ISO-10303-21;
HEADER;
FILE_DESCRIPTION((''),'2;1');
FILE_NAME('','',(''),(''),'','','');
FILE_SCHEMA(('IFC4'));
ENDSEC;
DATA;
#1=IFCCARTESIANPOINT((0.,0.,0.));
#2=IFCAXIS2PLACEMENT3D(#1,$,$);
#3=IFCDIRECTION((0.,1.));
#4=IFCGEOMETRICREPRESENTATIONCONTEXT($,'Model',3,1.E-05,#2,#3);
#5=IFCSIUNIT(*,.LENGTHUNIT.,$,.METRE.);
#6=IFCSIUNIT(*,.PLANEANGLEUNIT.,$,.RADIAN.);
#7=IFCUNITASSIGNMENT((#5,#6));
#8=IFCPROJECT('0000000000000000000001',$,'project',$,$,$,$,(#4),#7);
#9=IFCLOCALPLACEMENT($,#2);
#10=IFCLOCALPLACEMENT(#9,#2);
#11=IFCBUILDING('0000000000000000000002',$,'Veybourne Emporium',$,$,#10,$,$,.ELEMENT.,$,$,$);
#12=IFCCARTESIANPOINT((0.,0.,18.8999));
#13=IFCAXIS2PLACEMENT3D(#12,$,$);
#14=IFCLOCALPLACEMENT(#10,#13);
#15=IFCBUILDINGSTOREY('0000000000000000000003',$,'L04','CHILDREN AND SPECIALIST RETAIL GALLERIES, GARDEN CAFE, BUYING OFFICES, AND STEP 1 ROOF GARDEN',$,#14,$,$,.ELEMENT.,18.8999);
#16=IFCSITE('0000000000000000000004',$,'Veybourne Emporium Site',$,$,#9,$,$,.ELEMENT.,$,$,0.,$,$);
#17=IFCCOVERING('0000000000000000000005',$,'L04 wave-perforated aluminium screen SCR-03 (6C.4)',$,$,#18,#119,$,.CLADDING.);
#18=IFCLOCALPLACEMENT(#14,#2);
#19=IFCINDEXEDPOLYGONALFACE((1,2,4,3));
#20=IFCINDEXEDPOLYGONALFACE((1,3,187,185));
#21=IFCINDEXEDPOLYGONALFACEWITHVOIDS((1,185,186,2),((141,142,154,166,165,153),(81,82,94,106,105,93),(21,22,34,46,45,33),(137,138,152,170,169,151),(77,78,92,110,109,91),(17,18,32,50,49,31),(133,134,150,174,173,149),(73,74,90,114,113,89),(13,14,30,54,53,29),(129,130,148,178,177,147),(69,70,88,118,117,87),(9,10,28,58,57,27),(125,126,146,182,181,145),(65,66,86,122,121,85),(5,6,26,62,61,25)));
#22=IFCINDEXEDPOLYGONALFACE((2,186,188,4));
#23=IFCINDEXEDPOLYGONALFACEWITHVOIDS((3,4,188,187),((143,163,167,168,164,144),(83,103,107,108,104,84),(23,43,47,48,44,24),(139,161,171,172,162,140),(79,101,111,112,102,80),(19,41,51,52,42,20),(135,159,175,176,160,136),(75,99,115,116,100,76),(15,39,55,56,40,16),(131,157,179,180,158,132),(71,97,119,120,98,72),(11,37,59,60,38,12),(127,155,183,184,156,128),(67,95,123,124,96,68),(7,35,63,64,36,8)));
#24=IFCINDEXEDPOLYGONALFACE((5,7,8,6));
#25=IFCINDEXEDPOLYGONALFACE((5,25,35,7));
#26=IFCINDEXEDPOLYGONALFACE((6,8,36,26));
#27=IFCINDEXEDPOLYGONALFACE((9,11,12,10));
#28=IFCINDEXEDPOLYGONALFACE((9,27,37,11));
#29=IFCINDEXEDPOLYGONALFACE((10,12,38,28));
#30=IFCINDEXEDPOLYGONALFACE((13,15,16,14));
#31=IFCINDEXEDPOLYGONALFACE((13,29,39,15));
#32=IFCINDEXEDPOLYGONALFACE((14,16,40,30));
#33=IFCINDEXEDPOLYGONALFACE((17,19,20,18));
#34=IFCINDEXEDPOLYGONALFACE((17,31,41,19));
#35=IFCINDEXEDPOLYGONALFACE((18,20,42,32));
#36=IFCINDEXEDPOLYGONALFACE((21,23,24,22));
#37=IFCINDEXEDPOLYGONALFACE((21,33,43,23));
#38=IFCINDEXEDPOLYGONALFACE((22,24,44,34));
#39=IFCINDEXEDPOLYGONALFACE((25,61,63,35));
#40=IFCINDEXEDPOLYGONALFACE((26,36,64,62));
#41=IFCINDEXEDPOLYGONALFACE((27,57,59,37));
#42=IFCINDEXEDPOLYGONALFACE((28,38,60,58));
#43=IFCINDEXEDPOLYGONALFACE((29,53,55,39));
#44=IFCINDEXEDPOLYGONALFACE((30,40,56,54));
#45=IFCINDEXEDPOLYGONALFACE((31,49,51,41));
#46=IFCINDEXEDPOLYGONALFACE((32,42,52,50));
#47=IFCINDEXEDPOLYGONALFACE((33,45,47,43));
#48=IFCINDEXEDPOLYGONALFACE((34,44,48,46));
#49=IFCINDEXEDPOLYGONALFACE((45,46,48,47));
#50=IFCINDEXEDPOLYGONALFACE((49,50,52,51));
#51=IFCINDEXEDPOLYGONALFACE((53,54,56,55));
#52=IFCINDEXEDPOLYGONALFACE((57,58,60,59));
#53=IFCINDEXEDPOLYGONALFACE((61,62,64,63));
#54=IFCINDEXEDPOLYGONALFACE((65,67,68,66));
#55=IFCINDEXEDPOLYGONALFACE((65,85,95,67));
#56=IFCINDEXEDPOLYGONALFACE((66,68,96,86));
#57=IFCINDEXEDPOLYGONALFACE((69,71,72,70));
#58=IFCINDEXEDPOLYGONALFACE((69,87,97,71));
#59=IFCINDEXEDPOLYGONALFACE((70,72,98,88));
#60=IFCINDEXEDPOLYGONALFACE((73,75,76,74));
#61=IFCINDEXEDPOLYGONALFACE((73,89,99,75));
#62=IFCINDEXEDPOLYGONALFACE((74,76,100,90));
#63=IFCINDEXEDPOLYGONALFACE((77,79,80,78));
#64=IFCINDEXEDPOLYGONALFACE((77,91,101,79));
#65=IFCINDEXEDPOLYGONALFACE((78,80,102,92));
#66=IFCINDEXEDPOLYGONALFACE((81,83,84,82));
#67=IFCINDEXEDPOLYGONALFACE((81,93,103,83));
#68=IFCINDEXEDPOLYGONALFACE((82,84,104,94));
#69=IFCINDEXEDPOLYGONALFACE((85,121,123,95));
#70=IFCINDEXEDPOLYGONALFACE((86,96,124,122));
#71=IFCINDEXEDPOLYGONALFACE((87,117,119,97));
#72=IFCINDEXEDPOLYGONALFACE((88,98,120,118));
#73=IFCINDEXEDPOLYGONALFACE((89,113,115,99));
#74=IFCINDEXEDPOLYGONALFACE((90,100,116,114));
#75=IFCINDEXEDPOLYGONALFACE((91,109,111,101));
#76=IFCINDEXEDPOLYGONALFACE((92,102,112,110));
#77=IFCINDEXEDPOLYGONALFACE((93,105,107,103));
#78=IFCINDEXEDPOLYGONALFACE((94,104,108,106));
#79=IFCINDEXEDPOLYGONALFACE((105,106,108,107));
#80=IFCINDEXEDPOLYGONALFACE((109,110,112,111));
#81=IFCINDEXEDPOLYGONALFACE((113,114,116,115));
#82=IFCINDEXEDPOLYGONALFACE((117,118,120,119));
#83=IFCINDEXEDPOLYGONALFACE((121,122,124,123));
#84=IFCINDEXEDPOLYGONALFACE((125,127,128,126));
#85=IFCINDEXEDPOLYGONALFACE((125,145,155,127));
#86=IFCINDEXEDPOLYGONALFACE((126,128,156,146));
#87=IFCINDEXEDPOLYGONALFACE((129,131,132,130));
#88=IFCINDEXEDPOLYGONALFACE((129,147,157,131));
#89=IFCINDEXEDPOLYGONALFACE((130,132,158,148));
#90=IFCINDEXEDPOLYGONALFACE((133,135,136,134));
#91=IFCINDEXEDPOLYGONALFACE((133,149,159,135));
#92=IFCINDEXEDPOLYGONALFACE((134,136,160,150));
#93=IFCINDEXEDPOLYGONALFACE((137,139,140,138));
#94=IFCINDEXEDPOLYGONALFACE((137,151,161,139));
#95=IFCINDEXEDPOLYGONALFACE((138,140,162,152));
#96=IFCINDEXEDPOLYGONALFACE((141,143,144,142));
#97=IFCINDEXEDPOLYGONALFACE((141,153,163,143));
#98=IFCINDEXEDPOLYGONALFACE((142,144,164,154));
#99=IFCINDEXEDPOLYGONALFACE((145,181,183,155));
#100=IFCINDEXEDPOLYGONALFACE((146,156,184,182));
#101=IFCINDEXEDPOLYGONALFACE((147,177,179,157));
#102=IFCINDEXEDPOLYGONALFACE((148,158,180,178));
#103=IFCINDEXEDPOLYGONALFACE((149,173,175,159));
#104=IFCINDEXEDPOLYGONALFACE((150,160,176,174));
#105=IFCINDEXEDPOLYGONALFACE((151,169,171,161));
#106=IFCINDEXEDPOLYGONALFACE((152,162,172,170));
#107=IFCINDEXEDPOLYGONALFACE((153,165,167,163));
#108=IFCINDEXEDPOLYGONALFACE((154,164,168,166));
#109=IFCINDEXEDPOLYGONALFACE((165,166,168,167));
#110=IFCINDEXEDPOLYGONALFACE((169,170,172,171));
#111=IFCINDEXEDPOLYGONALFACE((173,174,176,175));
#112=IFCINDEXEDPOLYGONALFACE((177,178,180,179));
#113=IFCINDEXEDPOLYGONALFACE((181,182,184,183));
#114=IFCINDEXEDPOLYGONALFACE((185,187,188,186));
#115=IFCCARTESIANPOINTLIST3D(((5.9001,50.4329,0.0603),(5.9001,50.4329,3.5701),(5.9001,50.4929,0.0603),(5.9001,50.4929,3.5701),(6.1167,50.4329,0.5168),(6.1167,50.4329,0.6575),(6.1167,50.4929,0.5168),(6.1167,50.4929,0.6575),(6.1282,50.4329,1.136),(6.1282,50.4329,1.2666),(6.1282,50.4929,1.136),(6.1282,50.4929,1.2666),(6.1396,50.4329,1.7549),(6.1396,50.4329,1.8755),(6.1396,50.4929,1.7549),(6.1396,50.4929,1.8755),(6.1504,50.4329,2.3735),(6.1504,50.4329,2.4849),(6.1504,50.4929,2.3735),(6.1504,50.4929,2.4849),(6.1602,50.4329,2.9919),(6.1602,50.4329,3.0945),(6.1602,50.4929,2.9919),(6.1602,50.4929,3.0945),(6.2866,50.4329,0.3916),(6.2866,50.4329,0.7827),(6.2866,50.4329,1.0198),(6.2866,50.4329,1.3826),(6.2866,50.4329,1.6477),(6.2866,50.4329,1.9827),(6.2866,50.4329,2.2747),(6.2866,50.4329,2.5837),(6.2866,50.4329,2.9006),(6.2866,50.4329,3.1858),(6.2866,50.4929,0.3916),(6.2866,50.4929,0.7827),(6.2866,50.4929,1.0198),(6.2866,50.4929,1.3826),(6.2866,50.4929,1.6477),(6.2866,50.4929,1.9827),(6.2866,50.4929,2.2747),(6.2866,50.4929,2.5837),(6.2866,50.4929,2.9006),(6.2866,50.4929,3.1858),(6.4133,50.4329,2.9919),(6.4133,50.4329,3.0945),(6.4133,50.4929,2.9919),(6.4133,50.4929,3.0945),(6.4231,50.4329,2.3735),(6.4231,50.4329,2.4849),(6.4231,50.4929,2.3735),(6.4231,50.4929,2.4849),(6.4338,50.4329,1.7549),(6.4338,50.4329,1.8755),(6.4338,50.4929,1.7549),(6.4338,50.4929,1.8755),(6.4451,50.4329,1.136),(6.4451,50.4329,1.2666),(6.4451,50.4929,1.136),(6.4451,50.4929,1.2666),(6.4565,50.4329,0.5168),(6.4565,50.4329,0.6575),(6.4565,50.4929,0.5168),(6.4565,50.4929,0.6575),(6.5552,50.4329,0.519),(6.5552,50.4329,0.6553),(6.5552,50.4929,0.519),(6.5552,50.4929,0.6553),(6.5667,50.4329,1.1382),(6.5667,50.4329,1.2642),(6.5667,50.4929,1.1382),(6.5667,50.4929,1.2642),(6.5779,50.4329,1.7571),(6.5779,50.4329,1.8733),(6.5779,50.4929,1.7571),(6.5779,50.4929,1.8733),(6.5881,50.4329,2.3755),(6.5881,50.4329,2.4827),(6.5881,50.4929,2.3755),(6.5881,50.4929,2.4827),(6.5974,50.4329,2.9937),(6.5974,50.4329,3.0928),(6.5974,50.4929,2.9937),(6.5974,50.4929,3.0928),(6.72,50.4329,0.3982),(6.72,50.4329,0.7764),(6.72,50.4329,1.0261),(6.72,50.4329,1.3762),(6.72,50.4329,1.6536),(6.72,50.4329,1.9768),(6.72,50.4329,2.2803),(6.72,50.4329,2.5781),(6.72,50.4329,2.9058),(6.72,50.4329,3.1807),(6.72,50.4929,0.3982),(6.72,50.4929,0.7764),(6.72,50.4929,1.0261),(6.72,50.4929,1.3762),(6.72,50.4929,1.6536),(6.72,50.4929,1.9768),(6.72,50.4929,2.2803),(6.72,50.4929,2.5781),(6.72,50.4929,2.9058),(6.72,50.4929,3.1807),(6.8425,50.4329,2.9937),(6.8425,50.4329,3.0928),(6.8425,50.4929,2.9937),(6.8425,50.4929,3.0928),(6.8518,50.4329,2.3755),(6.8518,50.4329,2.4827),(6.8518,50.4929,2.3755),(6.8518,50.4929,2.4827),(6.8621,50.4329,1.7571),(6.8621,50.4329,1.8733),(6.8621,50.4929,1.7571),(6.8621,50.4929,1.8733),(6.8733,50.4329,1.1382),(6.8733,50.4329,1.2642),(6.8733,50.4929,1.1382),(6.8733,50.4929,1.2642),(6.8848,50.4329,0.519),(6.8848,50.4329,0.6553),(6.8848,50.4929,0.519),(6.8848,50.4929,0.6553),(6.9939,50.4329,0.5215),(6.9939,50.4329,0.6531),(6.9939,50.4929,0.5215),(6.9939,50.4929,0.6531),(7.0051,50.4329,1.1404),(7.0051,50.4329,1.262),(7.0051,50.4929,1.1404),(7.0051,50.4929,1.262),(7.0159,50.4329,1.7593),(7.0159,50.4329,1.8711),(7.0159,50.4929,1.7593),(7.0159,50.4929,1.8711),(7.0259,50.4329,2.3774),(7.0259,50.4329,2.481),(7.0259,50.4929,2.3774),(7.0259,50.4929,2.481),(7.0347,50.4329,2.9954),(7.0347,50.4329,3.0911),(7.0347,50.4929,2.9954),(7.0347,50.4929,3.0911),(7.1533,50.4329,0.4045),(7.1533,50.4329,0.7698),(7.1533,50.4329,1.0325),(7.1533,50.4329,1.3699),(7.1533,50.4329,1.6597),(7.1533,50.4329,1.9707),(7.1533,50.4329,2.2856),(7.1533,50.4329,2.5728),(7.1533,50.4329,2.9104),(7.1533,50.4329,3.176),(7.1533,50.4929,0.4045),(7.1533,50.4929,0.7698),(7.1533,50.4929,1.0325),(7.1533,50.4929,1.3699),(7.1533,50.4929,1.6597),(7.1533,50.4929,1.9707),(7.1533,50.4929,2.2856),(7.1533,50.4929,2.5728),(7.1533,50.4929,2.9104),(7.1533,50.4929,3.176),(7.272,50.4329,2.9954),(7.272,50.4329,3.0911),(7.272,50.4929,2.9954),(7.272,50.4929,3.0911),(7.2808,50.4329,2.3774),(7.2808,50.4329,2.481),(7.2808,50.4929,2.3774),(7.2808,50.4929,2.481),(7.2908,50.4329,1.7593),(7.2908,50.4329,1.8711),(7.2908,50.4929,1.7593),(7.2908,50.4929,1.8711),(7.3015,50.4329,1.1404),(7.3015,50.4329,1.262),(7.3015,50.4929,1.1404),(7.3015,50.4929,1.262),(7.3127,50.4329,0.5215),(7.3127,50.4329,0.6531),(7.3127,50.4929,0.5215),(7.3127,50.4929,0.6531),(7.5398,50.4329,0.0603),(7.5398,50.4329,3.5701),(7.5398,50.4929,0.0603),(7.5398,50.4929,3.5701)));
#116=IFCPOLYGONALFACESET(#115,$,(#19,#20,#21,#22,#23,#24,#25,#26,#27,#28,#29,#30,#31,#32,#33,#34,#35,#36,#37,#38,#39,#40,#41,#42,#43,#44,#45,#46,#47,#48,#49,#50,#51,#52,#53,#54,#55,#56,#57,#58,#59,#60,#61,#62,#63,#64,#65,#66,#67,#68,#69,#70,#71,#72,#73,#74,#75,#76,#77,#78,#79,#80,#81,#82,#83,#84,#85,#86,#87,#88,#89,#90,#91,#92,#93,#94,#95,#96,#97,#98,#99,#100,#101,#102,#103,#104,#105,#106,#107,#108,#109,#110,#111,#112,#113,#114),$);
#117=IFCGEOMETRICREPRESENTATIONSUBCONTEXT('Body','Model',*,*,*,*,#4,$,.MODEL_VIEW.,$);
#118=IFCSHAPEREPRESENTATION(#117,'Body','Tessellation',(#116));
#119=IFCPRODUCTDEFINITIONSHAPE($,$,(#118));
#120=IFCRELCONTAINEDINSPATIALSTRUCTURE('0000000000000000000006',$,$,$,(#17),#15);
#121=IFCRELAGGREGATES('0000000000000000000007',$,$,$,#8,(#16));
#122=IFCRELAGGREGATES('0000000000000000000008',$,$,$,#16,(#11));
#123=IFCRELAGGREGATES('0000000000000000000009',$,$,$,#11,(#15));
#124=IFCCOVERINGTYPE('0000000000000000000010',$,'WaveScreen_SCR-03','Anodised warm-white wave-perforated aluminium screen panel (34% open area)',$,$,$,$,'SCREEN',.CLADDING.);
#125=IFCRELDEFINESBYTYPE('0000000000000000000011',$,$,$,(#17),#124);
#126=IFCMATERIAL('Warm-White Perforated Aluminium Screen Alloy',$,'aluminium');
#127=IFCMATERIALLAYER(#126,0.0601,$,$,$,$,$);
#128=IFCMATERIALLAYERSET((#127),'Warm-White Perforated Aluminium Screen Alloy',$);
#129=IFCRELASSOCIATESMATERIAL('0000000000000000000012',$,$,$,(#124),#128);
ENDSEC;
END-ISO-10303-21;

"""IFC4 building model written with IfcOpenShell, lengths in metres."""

from ifc_helpers import new_model, si_unit, direction, frame, origin, place, context, subcontext, project, spatial, polyline, outline, extrude, material, layer, layer_set, type_object, element, save


model = new_model("IFC4")

# Units and contexts
model_context = context("Model", 3, precision=1e-05, world=origin(), true_north=direction((0.0, 1.0)))
body_context = subcontext(model_context, "Body", "Model", "MODEL_VIEW")
ifc_project = project(units=[si_unit("LENGTHUNIT", "METRE"), si_unit("PLANEANGLEUNIT", "RADIAN")], contexts=[model_context])

# Site, building, storey
site_placement = place(None, origin())
site = spatial("IfcSite", under=ifc_project, at=site_placement, Name="Veybourne Emporium Site", CompositionType="ELEMENT", RefElevation=0.0)
building_placement = place(site_placement, origin())
building = spatial("IfcBuilding", under=site, at=building_placement, Name="Veybourne Emporium", CompositionType="ELEMENT")
storey_placement = place(building_placement, frame((0.0, 0.0, 18.8999)))
storey = spatial("IfcBuildingStorey", under=building, at=storey_placement, Name="L04", Description="CHILDREN AND SPECIALIST RETAIL GALLERIES, GARDEN CAFE, BUYING OFFICES, AND STEP 1 ROOF GARDEN", CompositionType="ELEMENT", Elevation=18.8999)

# Covering
ifc_material_1 = material(Name="Warm-White Perforated Aluminium Screen Alloy", Category="aluminium")
ifc_layer_1 = layer(ifc_material_1, 0.0601)
ifc_layer_set_1 = layer_set([ifc_layer_1], Name="Warm-White Perforated Aluminium Screen Alloy")
covering_type_1 = type_object("IfcCoveringType", Name="WaveScreen_SCR-03", Description="Anodised warm-white wave-perforated aluminium screen panel (34% open area)", ElementType="SCREEN", PredefinedType="CLADDING", material=ifc_layer_set_1)
covering_1_placement = place(storey_placement, frame((6.72, 50.4929, 1.8152), z_axis=(0.0, -1.0, 0.0), x_axis=(1.0, 0.0, 0.0)))
element("IfcCovering", 1, at=covering_1_placement, inside=storey, type_object=covering_type_1, Name="L04 wave-perforated aluminium screen SCR-03 (6C.4)", PredefinedType="CLADDING", context=body_context, shape_type="SweptSolid", body=[
    extrude(outline(polyline([(-0.8198, -1.7549), (0.8198, -1.7549), (0.8198, 1.7549), (-0.8198, 1.7549), (-0.8198, -1.7549)]), holes=[polyline([(-0.4333, -1.0325), (-0.2634, -1.1577), (-0.2634, -1.2983), (-0.4333, -1.4236), (-0.6033, -1.2983), (-0.6033, -1.1577), (-0.4333, -1.0325)]), polyline([(-0.4333, -0.4326), (-0.2749, -0.5486), (-0.2749, -0.6792), (-0.4333, -0.7954), (-0.5918, -0.6792), (-0.5918, -0.5486), (-0.4333, -0.4326)]), polyline([(-0.4333, 0.1675), (-0.2861, 0.0603), (-0.2861, -0.0603), (-0.4333, -0.1675), (-0.5803, -0.0603), (-0.5803, 0.0603), (-0.4333, 0.1675)]), polyline([(-0.4333, 0.7686), (-0.2969, 0.6697), (-0.2969, 0.5583), (-0.4333, 0.4595), (-0.5696, 0.5583), (-0.5696, 0.6697), (-0.4333, 0.7686)]), polyline([(-0.4333, 1.3706), (-0.3066, 1.2793), (-0.3066, 1.1768), (-0.4333, 1.0854), (-0.5598, 1.1768), (-0.5598, 1.2793), (-0.4333, 1.3706)]), polyline([(0.0, -1.0388), (0.1648, -1.1599), (0.1648, -1.2961), (0.0, -1.417), (-0.1648, -1.2961), (-0.1648, -1.1599), (0.0, -1.0388)]), polyline([(0.0, -0.439), (0.1533, -0.551), (0.1533, -0.677), (0.0, -0.7891), (-0.1533, -0.677), (-0.1533, -0.551), (0.0, -0.439)]), polyline([(0.0, 0.1616), (0.1421, 0.0581), (0.1421, -0.0581), (0.0, -0.1616), (-0.1421, -0.0581), (-0.1421, 0.0581), (0.0, 0.1616)]), polyline([(0.0, 0.7629), (0.1318, 0.6675), (0.1318, 0.5603), (0.0, 0.4651), (-0.1318, 0.5603), (-0.1318, 0.6675), (0.0, 0.7629)]), polyline([(0.0, 1.3655), (0.1226, 1.2776), (0.1226, 1.1785), (0.0, 1.0906), (-0.1226, 1.1785), (-0.1226, 1.2776), (0.0, 1.3655)]), polyline([(0.4333, -1.0454), (0.5928, -1.1621), (0.5928, -1.2937), (0.4333, -1.4106), (0.2739, -1.2937), (0.2739, -1.1621), (0.4333, -1.0454)]), polyline([(0.4333, -0.4453), (0.5815, -0.5532), (0.5815, -0.6748), (0.4333, -0.7827), (0.2852, -0.6748), (0.2852, -0.5532), (0.4333, -0.4453)]), polyline([(0.4333, 0.1555), (0.5708, 0.0559), (0.5708, -0.0559), (0.4333, -0.1555), (0.2959, -0.0559), (0.2959, 0.0559), (0.4333, 0.1555)]), polyline([(0.4333, 0.7576), (0.5608, 0.6658), (0.5608, 0.5623), (0.4333, 0.4705), (0.3059, 0.5623), (0.3059, 0.6658), (0.4333, 0.7576)]), polyline([(0.4333, 1.3608), (0.552, 1.2759), (0.552, 1.1802), (0.4333, 1.0952), (0.3147, 1.1802), (0.3147, 1.2759), (0.4333, 1.3608)])]), origin(), (0.0, 0.0, 1.0), 0.0601),
])

save(model, "model.ifc")
